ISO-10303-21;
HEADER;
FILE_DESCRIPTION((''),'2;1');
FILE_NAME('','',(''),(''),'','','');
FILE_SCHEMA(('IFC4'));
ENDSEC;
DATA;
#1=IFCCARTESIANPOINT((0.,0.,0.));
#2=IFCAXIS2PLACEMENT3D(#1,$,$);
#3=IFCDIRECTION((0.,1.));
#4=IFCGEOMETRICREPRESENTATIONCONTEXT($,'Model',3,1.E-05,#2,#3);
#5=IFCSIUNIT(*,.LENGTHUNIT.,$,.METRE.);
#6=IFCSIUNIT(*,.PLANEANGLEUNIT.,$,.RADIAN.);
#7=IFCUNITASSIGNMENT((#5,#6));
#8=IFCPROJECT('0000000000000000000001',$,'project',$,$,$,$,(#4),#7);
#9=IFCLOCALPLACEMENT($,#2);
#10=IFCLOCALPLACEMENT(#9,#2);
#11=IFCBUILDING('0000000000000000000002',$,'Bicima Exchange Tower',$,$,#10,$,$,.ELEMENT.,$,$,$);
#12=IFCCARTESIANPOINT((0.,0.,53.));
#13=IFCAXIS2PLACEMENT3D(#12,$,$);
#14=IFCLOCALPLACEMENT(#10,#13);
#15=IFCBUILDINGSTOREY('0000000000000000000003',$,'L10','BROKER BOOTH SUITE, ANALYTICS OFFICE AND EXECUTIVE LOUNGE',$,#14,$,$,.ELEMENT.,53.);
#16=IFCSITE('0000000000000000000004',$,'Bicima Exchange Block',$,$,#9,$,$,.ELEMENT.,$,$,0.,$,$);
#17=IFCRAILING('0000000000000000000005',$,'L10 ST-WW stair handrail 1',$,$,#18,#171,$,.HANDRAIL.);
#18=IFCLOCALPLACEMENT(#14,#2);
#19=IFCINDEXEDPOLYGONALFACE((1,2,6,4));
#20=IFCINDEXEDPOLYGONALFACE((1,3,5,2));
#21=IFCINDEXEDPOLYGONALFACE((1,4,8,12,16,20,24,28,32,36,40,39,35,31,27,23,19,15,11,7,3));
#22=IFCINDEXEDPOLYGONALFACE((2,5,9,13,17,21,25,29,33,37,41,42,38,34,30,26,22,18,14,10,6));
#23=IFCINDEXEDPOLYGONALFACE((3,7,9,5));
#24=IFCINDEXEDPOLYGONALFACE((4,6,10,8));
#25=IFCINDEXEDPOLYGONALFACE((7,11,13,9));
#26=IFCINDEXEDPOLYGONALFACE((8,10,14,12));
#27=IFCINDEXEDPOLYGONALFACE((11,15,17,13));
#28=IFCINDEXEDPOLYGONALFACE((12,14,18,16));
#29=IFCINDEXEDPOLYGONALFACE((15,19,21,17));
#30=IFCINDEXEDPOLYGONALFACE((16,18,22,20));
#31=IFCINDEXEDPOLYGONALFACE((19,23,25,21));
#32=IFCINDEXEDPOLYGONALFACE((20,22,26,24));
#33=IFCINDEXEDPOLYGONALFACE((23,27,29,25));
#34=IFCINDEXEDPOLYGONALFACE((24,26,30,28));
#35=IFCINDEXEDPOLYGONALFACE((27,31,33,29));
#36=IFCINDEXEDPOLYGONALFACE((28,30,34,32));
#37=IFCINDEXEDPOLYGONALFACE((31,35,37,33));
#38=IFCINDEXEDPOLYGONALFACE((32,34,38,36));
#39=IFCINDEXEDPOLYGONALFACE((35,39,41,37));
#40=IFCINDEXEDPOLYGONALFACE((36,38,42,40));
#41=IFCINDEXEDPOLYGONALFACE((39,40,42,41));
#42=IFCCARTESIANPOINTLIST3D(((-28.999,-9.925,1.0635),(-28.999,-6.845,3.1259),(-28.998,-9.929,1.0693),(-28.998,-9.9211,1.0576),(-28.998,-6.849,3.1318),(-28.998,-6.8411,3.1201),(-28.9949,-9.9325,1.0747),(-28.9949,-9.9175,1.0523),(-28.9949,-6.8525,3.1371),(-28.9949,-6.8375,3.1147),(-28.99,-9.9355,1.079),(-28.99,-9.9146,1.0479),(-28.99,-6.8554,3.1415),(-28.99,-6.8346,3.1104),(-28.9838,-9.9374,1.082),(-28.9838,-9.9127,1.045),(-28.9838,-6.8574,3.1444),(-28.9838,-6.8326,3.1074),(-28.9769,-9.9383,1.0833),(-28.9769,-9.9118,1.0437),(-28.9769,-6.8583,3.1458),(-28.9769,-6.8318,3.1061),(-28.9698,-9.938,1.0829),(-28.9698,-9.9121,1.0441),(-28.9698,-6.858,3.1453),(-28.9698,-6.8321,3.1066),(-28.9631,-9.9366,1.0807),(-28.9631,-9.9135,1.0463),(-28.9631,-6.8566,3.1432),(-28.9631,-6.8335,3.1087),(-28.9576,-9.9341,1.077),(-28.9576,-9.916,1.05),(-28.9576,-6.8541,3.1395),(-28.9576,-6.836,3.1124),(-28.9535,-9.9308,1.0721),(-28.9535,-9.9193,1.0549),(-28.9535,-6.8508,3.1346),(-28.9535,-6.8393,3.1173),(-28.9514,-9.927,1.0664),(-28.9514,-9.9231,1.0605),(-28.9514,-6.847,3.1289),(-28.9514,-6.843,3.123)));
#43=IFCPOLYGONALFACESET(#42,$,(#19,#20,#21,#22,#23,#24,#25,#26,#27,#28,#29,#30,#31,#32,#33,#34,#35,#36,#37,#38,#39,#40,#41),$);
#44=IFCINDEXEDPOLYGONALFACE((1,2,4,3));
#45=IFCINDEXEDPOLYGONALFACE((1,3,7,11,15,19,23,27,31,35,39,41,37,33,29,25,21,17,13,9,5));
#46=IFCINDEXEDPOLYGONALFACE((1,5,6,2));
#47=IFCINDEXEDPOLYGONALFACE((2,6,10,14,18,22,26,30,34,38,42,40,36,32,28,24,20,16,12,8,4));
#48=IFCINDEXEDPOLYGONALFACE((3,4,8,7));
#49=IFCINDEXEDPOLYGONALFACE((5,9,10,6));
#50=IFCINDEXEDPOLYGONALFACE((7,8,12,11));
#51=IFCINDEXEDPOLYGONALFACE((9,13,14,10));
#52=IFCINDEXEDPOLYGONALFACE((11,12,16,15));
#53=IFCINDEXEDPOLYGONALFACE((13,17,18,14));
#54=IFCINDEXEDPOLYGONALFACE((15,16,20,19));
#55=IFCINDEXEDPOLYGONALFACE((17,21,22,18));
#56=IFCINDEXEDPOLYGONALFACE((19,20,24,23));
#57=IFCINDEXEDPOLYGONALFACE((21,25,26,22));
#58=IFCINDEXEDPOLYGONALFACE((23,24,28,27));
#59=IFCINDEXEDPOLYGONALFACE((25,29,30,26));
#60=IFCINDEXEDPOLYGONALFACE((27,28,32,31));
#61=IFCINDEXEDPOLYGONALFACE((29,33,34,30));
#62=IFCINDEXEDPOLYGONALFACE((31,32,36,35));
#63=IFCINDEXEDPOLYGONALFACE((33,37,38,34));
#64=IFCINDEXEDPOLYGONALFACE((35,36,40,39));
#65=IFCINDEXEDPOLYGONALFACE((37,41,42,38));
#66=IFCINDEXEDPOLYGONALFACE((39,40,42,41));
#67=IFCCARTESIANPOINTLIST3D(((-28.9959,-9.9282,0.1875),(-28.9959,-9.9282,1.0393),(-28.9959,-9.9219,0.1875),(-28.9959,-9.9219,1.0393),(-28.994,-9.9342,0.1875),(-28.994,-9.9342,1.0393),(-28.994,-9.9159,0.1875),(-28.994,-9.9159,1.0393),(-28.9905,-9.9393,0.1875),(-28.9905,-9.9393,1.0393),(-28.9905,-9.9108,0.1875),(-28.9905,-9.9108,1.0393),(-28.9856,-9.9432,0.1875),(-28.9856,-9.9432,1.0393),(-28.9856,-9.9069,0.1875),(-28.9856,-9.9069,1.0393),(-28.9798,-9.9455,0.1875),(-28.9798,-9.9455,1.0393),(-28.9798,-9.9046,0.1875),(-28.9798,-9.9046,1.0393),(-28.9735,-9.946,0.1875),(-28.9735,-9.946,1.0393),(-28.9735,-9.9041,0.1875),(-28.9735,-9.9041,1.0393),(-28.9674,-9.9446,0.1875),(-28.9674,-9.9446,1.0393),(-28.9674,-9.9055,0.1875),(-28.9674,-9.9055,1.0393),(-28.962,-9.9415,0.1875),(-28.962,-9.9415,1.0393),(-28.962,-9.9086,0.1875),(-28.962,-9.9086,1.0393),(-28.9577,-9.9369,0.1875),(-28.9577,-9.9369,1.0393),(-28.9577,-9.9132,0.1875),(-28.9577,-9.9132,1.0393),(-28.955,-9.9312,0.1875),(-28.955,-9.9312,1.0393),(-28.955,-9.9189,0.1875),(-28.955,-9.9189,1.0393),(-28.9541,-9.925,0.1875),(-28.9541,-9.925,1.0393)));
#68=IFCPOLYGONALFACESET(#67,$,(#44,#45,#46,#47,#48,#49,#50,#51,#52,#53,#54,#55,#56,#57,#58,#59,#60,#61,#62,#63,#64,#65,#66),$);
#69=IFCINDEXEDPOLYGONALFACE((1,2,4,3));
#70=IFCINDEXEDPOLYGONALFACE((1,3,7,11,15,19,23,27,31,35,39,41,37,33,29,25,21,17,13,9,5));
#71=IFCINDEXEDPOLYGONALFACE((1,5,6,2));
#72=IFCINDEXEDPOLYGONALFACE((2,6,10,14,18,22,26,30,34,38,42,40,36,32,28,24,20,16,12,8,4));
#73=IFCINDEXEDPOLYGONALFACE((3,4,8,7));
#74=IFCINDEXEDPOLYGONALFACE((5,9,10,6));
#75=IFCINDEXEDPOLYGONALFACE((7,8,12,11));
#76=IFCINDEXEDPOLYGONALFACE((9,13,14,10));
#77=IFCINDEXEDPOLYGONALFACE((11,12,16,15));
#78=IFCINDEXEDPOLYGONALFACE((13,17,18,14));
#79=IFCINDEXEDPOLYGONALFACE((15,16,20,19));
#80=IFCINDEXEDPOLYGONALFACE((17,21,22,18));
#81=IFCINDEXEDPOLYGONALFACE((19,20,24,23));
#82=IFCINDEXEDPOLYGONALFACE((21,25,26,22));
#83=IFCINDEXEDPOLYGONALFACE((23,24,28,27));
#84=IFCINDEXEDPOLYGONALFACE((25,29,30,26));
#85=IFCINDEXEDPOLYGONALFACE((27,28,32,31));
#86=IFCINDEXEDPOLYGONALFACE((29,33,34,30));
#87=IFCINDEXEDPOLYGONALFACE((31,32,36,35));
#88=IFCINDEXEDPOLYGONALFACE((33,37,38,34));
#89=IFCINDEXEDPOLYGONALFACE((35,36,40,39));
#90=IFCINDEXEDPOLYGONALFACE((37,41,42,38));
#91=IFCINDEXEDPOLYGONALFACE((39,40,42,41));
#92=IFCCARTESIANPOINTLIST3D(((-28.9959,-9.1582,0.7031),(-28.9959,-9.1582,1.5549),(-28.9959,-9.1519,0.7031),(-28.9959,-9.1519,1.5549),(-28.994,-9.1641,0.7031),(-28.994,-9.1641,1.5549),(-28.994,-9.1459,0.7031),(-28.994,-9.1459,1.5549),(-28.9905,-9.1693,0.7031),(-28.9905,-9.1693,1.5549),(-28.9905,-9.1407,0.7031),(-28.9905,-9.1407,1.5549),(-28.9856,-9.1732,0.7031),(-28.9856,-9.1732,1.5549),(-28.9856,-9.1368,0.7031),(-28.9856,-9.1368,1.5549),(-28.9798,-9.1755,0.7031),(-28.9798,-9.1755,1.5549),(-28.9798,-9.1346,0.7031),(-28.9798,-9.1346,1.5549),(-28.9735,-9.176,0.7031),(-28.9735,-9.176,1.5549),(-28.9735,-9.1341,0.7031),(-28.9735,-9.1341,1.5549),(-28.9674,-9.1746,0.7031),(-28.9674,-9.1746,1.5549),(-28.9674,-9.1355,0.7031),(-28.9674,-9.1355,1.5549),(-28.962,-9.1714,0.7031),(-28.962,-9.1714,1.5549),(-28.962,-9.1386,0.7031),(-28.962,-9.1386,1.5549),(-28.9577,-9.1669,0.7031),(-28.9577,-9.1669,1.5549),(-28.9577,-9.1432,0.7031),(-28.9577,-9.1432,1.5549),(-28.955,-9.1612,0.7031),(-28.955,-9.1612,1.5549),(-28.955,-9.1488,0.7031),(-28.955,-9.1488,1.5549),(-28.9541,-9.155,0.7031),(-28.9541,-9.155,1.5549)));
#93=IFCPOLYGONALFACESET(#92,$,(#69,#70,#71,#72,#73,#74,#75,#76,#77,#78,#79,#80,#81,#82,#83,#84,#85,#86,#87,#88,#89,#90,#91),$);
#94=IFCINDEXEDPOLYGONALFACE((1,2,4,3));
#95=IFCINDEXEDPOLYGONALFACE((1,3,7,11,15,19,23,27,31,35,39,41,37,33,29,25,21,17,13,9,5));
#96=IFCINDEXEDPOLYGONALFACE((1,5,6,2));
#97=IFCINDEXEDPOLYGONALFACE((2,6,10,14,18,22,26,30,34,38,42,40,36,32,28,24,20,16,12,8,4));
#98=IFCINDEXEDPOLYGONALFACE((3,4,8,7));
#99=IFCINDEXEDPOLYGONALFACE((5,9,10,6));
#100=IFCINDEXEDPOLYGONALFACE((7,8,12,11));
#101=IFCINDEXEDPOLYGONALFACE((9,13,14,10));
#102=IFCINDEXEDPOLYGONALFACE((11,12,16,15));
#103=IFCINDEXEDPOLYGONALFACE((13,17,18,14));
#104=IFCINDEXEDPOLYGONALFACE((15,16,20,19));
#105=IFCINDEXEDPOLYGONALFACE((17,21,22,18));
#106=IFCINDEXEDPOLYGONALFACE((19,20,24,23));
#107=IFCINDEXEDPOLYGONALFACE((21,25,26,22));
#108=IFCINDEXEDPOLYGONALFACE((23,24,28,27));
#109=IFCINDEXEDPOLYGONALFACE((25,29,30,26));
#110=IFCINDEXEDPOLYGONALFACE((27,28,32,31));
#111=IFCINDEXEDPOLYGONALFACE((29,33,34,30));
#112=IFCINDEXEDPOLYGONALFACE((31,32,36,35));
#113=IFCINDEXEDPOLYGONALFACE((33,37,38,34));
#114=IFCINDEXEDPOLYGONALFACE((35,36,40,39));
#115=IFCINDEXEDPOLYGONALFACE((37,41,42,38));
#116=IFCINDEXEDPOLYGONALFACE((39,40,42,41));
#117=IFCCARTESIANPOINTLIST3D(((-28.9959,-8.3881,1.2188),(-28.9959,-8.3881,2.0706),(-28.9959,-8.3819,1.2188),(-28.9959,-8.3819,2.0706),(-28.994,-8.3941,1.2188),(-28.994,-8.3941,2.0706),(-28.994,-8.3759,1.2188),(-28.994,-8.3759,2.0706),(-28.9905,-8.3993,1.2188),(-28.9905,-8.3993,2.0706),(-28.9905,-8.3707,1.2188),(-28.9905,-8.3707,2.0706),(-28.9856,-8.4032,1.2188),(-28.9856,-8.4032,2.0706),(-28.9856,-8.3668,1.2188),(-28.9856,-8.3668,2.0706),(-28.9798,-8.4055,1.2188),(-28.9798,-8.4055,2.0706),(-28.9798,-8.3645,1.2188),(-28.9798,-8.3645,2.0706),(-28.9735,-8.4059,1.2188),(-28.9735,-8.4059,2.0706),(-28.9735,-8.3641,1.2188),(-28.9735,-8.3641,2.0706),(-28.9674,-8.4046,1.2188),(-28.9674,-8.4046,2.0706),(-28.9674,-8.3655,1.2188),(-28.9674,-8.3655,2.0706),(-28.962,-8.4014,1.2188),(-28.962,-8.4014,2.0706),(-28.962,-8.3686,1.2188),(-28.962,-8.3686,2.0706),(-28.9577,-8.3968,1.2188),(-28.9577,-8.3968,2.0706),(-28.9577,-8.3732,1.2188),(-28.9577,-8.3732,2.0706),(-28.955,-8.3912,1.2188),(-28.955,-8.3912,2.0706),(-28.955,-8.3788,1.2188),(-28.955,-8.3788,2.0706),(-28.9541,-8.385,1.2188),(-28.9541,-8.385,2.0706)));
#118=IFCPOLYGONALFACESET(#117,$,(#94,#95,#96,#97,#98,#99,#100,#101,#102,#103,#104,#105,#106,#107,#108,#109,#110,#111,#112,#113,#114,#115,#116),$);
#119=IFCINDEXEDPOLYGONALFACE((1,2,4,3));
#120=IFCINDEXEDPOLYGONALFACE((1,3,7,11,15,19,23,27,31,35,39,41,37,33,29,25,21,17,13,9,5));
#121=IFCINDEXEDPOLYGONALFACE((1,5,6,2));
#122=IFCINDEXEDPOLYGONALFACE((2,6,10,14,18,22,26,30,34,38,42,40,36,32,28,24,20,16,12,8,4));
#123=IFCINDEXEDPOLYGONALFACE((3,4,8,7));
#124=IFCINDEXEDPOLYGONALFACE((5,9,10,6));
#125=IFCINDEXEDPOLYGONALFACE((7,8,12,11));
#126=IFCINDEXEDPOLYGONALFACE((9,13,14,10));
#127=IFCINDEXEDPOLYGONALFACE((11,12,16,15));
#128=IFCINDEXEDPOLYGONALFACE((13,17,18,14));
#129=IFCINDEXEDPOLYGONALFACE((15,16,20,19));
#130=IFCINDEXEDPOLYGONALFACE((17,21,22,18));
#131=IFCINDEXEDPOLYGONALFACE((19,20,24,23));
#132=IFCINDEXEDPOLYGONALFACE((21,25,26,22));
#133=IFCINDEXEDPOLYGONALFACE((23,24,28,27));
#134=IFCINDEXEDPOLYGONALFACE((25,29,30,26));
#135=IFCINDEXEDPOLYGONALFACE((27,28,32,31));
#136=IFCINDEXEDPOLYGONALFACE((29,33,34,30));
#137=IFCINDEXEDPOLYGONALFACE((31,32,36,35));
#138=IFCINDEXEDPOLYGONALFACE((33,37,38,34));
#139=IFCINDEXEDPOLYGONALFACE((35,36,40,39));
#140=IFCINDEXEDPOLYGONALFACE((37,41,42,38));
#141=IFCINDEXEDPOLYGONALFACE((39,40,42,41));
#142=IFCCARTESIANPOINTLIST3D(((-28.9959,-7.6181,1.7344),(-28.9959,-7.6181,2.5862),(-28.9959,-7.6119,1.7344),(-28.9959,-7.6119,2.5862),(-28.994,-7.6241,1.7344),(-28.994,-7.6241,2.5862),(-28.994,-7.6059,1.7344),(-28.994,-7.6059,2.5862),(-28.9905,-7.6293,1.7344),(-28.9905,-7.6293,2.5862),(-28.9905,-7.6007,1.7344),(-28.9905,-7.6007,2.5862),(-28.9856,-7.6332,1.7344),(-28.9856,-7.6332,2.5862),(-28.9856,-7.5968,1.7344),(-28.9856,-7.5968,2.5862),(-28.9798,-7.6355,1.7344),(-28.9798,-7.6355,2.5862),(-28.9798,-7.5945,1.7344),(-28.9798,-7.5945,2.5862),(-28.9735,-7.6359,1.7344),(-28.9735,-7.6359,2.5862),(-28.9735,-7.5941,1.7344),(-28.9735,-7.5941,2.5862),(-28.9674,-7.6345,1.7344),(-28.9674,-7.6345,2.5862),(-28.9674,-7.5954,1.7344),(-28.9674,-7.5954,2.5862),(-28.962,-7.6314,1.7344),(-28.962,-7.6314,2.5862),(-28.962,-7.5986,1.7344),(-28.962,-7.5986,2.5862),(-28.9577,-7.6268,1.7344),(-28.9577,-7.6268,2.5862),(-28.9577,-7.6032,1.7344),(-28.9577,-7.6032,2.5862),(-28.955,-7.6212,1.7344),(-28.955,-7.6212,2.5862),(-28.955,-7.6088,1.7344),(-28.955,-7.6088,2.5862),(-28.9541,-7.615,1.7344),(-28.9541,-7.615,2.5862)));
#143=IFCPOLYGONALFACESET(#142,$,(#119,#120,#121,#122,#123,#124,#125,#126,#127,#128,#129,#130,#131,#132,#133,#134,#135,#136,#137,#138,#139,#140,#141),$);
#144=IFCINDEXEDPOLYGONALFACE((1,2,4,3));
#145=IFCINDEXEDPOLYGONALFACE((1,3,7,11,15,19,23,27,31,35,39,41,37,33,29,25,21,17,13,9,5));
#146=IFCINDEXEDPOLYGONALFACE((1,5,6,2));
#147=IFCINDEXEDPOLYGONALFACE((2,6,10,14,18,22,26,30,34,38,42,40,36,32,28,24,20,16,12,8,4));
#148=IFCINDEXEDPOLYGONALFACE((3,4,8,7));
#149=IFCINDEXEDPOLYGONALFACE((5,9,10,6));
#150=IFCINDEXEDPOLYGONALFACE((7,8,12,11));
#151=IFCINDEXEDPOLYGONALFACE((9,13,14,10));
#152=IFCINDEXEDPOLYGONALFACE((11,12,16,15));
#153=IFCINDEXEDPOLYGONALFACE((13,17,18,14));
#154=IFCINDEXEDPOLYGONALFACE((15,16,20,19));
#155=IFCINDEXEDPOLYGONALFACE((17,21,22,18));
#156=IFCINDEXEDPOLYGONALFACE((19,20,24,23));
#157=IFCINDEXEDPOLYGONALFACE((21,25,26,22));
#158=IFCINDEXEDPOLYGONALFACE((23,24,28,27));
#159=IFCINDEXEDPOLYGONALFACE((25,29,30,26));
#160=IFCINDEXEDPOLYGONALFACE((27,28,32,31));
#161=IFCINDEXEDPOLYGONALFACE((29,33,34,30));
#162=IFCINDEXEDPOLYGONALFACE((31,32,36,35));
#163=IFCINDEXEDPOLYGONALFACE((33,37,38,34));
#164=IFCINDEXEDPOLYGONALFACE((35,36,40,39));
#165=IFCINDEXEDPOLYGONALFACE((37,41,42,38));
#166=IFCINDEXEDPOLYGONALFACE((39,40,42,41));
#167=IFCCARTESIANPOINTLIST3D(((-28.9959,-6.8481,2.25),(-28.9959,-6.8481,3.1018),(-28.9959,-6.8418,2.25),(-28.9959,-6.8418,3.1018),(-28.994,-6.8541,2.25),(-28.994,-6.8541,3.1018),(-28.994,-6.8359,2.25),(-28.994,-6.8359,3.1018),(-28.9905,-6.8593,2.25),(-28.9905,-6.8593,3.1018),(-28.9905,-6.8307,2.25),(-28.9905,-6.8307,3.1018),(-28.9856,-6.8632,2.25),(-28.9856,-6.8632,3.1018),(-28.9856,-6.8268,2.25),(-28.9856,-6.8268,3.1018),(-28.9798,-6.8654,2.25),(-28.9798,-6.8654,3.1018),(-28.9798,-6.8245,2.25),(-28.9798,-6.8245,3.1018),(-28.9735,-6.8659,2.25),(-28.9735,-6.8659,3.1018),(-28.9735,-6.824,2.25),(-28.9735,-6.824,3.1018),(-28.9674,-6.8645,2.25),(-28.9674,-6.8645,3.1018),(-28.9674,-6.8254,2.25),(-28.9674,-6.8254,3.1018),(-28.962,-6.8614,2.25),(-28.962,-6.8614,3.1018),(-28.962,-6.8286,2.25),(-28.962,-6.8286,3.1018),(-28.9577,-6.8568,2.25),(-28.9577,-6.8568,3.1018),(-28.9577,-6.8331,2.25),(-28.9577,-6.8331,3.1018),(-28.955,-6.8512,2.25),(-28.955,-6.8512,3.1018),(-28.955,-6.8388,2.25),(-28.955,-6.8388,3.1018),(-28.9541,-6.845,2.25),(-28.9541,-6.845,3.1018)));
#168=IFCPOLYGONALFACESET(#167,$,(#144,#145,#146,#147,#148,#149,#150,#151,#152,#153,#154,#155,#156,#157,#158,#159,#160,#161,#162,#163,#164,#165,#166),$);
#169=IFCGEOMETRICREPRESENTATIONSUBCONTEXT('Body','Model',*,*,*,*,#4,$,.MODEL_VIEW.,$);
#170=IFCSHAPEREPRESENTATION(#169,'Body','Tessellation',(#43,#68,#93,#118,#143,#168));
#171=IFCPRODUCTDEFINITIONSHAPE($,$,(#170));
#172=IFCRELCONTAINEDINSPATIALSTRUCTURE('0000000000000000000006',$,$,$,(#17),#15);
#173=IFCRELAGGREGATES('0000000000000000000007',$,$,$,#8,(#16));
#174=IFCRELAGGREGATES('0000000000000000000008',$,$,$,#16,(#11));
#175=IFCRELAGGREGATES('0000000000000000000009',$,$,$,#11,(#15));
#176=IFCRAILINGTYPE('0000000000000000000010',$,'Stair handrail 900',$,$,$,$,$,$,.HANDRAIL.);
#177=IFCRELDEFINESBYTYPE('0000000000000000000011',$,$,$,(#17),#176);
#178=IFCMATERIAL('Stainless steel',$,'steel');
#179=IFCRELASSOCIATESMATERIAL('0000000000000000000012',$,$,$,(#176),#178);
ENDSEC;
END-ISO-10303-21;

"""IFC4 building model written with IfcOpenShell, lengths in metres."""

from ifc_helpers import new_model, si_unit, direction, frame, origin, origin_2d, place, context, subcontext, project, spatial, circle, extrude, material, type_object, element, save


model = new_model("IFC4")

# Units and contexts
model_context = context("Model", 3, precision=1e-05, world=origin(), true_north=direction((0.0, 1.0)))
body_context = subcontext(model_context, "Body", "Model", "MODEL_VIEW")
ifc_project = project(units=[si_unit("LENGTHUNIT", "METRE"), si_unit("PLANEANGLEUNIT", "RADIAN")], contexts=[model_context])

# Site, building, storey
site_placement = place(None, origin())
site = spatial("IfcSite", under=ifc_project, at=site_placement, Name="Bicima Exchange Block", CompositionType="ELEMENT", RefElevation=0.0)
building_placement = place(site_placement, origin())
building = spatial("IfcBuilding", under=site, at=building_placement, Name="Bicima Exchange Tower", CompositionType="ELEMENT")
storey_placement = place(building_placement, frame((0.0, 0.0, 53.0)))
storey = spatial("IfcBuildingStorey", under=building, at=storey_placement, Name="L10", Description="BROKER BOOTH SUITE, ANALYTICS OFFICE AND EXECUTIVE LOUNGE", CompositionType="ELEMENT", Elevation=53.0)

# Railing
ifc_material_1 = material(Name="Stainless steel", Category="steel")
railing_type = type_object("IfcRailingType", Name="Stair handrail 900", PredefinedType="HANDRAIL", material=ifc_material_1)
railing_placement = place(storey_placement, frame((-28.9751, -9.925, 0.1875)))
element("IfcRailing", 1, at=railing_placement, inside=storey, type_object=railing_type, Name="L10 ST-WW stair handrail 1", PredefinedType="HANDRAIL", context=body_context, shape_type="SweptSolid", body=[
    extrude(circle(Radius=0.0239, at=origin_2d()), frame((0.0, 0.0, 0.876), z_axis=(0.0, 0.830914, 0.556401), x_axis=(-1.0, 0.0, 0.0)), (0.0, 0.0, 1.0), 3.7068),
    extrude(circle(Radius=0.021, at=origin_2d()), origin(), (0.0, 0.0, 1.0), 0.8518),
    extrude(circle(Radius=0.021, at=origin_2d()), frame((0.0, 0.77, 0.5156)), (0.0, 0.0, 1.0), 0.8518),
    extrude(circle(Radius=0.021, at=origin_2d()), frame((0.0, 1.54, 1.0312)), (0.0, 0.0, 1.0), 0.8518),
    extrude(circle(Radius=0.021, at=origin_2d()), frame((0.0, 2.3101, 1.5469)), (0.0, 0.0, 1.0), 0.8518),
    extrude(circle(Radius=0.021, at=origin_2d()), frame((0.0, 3.0801, 2.0625)), (0.0, 0.0, 1.0), 0.8518),
])

save(model, "model.ifc")
